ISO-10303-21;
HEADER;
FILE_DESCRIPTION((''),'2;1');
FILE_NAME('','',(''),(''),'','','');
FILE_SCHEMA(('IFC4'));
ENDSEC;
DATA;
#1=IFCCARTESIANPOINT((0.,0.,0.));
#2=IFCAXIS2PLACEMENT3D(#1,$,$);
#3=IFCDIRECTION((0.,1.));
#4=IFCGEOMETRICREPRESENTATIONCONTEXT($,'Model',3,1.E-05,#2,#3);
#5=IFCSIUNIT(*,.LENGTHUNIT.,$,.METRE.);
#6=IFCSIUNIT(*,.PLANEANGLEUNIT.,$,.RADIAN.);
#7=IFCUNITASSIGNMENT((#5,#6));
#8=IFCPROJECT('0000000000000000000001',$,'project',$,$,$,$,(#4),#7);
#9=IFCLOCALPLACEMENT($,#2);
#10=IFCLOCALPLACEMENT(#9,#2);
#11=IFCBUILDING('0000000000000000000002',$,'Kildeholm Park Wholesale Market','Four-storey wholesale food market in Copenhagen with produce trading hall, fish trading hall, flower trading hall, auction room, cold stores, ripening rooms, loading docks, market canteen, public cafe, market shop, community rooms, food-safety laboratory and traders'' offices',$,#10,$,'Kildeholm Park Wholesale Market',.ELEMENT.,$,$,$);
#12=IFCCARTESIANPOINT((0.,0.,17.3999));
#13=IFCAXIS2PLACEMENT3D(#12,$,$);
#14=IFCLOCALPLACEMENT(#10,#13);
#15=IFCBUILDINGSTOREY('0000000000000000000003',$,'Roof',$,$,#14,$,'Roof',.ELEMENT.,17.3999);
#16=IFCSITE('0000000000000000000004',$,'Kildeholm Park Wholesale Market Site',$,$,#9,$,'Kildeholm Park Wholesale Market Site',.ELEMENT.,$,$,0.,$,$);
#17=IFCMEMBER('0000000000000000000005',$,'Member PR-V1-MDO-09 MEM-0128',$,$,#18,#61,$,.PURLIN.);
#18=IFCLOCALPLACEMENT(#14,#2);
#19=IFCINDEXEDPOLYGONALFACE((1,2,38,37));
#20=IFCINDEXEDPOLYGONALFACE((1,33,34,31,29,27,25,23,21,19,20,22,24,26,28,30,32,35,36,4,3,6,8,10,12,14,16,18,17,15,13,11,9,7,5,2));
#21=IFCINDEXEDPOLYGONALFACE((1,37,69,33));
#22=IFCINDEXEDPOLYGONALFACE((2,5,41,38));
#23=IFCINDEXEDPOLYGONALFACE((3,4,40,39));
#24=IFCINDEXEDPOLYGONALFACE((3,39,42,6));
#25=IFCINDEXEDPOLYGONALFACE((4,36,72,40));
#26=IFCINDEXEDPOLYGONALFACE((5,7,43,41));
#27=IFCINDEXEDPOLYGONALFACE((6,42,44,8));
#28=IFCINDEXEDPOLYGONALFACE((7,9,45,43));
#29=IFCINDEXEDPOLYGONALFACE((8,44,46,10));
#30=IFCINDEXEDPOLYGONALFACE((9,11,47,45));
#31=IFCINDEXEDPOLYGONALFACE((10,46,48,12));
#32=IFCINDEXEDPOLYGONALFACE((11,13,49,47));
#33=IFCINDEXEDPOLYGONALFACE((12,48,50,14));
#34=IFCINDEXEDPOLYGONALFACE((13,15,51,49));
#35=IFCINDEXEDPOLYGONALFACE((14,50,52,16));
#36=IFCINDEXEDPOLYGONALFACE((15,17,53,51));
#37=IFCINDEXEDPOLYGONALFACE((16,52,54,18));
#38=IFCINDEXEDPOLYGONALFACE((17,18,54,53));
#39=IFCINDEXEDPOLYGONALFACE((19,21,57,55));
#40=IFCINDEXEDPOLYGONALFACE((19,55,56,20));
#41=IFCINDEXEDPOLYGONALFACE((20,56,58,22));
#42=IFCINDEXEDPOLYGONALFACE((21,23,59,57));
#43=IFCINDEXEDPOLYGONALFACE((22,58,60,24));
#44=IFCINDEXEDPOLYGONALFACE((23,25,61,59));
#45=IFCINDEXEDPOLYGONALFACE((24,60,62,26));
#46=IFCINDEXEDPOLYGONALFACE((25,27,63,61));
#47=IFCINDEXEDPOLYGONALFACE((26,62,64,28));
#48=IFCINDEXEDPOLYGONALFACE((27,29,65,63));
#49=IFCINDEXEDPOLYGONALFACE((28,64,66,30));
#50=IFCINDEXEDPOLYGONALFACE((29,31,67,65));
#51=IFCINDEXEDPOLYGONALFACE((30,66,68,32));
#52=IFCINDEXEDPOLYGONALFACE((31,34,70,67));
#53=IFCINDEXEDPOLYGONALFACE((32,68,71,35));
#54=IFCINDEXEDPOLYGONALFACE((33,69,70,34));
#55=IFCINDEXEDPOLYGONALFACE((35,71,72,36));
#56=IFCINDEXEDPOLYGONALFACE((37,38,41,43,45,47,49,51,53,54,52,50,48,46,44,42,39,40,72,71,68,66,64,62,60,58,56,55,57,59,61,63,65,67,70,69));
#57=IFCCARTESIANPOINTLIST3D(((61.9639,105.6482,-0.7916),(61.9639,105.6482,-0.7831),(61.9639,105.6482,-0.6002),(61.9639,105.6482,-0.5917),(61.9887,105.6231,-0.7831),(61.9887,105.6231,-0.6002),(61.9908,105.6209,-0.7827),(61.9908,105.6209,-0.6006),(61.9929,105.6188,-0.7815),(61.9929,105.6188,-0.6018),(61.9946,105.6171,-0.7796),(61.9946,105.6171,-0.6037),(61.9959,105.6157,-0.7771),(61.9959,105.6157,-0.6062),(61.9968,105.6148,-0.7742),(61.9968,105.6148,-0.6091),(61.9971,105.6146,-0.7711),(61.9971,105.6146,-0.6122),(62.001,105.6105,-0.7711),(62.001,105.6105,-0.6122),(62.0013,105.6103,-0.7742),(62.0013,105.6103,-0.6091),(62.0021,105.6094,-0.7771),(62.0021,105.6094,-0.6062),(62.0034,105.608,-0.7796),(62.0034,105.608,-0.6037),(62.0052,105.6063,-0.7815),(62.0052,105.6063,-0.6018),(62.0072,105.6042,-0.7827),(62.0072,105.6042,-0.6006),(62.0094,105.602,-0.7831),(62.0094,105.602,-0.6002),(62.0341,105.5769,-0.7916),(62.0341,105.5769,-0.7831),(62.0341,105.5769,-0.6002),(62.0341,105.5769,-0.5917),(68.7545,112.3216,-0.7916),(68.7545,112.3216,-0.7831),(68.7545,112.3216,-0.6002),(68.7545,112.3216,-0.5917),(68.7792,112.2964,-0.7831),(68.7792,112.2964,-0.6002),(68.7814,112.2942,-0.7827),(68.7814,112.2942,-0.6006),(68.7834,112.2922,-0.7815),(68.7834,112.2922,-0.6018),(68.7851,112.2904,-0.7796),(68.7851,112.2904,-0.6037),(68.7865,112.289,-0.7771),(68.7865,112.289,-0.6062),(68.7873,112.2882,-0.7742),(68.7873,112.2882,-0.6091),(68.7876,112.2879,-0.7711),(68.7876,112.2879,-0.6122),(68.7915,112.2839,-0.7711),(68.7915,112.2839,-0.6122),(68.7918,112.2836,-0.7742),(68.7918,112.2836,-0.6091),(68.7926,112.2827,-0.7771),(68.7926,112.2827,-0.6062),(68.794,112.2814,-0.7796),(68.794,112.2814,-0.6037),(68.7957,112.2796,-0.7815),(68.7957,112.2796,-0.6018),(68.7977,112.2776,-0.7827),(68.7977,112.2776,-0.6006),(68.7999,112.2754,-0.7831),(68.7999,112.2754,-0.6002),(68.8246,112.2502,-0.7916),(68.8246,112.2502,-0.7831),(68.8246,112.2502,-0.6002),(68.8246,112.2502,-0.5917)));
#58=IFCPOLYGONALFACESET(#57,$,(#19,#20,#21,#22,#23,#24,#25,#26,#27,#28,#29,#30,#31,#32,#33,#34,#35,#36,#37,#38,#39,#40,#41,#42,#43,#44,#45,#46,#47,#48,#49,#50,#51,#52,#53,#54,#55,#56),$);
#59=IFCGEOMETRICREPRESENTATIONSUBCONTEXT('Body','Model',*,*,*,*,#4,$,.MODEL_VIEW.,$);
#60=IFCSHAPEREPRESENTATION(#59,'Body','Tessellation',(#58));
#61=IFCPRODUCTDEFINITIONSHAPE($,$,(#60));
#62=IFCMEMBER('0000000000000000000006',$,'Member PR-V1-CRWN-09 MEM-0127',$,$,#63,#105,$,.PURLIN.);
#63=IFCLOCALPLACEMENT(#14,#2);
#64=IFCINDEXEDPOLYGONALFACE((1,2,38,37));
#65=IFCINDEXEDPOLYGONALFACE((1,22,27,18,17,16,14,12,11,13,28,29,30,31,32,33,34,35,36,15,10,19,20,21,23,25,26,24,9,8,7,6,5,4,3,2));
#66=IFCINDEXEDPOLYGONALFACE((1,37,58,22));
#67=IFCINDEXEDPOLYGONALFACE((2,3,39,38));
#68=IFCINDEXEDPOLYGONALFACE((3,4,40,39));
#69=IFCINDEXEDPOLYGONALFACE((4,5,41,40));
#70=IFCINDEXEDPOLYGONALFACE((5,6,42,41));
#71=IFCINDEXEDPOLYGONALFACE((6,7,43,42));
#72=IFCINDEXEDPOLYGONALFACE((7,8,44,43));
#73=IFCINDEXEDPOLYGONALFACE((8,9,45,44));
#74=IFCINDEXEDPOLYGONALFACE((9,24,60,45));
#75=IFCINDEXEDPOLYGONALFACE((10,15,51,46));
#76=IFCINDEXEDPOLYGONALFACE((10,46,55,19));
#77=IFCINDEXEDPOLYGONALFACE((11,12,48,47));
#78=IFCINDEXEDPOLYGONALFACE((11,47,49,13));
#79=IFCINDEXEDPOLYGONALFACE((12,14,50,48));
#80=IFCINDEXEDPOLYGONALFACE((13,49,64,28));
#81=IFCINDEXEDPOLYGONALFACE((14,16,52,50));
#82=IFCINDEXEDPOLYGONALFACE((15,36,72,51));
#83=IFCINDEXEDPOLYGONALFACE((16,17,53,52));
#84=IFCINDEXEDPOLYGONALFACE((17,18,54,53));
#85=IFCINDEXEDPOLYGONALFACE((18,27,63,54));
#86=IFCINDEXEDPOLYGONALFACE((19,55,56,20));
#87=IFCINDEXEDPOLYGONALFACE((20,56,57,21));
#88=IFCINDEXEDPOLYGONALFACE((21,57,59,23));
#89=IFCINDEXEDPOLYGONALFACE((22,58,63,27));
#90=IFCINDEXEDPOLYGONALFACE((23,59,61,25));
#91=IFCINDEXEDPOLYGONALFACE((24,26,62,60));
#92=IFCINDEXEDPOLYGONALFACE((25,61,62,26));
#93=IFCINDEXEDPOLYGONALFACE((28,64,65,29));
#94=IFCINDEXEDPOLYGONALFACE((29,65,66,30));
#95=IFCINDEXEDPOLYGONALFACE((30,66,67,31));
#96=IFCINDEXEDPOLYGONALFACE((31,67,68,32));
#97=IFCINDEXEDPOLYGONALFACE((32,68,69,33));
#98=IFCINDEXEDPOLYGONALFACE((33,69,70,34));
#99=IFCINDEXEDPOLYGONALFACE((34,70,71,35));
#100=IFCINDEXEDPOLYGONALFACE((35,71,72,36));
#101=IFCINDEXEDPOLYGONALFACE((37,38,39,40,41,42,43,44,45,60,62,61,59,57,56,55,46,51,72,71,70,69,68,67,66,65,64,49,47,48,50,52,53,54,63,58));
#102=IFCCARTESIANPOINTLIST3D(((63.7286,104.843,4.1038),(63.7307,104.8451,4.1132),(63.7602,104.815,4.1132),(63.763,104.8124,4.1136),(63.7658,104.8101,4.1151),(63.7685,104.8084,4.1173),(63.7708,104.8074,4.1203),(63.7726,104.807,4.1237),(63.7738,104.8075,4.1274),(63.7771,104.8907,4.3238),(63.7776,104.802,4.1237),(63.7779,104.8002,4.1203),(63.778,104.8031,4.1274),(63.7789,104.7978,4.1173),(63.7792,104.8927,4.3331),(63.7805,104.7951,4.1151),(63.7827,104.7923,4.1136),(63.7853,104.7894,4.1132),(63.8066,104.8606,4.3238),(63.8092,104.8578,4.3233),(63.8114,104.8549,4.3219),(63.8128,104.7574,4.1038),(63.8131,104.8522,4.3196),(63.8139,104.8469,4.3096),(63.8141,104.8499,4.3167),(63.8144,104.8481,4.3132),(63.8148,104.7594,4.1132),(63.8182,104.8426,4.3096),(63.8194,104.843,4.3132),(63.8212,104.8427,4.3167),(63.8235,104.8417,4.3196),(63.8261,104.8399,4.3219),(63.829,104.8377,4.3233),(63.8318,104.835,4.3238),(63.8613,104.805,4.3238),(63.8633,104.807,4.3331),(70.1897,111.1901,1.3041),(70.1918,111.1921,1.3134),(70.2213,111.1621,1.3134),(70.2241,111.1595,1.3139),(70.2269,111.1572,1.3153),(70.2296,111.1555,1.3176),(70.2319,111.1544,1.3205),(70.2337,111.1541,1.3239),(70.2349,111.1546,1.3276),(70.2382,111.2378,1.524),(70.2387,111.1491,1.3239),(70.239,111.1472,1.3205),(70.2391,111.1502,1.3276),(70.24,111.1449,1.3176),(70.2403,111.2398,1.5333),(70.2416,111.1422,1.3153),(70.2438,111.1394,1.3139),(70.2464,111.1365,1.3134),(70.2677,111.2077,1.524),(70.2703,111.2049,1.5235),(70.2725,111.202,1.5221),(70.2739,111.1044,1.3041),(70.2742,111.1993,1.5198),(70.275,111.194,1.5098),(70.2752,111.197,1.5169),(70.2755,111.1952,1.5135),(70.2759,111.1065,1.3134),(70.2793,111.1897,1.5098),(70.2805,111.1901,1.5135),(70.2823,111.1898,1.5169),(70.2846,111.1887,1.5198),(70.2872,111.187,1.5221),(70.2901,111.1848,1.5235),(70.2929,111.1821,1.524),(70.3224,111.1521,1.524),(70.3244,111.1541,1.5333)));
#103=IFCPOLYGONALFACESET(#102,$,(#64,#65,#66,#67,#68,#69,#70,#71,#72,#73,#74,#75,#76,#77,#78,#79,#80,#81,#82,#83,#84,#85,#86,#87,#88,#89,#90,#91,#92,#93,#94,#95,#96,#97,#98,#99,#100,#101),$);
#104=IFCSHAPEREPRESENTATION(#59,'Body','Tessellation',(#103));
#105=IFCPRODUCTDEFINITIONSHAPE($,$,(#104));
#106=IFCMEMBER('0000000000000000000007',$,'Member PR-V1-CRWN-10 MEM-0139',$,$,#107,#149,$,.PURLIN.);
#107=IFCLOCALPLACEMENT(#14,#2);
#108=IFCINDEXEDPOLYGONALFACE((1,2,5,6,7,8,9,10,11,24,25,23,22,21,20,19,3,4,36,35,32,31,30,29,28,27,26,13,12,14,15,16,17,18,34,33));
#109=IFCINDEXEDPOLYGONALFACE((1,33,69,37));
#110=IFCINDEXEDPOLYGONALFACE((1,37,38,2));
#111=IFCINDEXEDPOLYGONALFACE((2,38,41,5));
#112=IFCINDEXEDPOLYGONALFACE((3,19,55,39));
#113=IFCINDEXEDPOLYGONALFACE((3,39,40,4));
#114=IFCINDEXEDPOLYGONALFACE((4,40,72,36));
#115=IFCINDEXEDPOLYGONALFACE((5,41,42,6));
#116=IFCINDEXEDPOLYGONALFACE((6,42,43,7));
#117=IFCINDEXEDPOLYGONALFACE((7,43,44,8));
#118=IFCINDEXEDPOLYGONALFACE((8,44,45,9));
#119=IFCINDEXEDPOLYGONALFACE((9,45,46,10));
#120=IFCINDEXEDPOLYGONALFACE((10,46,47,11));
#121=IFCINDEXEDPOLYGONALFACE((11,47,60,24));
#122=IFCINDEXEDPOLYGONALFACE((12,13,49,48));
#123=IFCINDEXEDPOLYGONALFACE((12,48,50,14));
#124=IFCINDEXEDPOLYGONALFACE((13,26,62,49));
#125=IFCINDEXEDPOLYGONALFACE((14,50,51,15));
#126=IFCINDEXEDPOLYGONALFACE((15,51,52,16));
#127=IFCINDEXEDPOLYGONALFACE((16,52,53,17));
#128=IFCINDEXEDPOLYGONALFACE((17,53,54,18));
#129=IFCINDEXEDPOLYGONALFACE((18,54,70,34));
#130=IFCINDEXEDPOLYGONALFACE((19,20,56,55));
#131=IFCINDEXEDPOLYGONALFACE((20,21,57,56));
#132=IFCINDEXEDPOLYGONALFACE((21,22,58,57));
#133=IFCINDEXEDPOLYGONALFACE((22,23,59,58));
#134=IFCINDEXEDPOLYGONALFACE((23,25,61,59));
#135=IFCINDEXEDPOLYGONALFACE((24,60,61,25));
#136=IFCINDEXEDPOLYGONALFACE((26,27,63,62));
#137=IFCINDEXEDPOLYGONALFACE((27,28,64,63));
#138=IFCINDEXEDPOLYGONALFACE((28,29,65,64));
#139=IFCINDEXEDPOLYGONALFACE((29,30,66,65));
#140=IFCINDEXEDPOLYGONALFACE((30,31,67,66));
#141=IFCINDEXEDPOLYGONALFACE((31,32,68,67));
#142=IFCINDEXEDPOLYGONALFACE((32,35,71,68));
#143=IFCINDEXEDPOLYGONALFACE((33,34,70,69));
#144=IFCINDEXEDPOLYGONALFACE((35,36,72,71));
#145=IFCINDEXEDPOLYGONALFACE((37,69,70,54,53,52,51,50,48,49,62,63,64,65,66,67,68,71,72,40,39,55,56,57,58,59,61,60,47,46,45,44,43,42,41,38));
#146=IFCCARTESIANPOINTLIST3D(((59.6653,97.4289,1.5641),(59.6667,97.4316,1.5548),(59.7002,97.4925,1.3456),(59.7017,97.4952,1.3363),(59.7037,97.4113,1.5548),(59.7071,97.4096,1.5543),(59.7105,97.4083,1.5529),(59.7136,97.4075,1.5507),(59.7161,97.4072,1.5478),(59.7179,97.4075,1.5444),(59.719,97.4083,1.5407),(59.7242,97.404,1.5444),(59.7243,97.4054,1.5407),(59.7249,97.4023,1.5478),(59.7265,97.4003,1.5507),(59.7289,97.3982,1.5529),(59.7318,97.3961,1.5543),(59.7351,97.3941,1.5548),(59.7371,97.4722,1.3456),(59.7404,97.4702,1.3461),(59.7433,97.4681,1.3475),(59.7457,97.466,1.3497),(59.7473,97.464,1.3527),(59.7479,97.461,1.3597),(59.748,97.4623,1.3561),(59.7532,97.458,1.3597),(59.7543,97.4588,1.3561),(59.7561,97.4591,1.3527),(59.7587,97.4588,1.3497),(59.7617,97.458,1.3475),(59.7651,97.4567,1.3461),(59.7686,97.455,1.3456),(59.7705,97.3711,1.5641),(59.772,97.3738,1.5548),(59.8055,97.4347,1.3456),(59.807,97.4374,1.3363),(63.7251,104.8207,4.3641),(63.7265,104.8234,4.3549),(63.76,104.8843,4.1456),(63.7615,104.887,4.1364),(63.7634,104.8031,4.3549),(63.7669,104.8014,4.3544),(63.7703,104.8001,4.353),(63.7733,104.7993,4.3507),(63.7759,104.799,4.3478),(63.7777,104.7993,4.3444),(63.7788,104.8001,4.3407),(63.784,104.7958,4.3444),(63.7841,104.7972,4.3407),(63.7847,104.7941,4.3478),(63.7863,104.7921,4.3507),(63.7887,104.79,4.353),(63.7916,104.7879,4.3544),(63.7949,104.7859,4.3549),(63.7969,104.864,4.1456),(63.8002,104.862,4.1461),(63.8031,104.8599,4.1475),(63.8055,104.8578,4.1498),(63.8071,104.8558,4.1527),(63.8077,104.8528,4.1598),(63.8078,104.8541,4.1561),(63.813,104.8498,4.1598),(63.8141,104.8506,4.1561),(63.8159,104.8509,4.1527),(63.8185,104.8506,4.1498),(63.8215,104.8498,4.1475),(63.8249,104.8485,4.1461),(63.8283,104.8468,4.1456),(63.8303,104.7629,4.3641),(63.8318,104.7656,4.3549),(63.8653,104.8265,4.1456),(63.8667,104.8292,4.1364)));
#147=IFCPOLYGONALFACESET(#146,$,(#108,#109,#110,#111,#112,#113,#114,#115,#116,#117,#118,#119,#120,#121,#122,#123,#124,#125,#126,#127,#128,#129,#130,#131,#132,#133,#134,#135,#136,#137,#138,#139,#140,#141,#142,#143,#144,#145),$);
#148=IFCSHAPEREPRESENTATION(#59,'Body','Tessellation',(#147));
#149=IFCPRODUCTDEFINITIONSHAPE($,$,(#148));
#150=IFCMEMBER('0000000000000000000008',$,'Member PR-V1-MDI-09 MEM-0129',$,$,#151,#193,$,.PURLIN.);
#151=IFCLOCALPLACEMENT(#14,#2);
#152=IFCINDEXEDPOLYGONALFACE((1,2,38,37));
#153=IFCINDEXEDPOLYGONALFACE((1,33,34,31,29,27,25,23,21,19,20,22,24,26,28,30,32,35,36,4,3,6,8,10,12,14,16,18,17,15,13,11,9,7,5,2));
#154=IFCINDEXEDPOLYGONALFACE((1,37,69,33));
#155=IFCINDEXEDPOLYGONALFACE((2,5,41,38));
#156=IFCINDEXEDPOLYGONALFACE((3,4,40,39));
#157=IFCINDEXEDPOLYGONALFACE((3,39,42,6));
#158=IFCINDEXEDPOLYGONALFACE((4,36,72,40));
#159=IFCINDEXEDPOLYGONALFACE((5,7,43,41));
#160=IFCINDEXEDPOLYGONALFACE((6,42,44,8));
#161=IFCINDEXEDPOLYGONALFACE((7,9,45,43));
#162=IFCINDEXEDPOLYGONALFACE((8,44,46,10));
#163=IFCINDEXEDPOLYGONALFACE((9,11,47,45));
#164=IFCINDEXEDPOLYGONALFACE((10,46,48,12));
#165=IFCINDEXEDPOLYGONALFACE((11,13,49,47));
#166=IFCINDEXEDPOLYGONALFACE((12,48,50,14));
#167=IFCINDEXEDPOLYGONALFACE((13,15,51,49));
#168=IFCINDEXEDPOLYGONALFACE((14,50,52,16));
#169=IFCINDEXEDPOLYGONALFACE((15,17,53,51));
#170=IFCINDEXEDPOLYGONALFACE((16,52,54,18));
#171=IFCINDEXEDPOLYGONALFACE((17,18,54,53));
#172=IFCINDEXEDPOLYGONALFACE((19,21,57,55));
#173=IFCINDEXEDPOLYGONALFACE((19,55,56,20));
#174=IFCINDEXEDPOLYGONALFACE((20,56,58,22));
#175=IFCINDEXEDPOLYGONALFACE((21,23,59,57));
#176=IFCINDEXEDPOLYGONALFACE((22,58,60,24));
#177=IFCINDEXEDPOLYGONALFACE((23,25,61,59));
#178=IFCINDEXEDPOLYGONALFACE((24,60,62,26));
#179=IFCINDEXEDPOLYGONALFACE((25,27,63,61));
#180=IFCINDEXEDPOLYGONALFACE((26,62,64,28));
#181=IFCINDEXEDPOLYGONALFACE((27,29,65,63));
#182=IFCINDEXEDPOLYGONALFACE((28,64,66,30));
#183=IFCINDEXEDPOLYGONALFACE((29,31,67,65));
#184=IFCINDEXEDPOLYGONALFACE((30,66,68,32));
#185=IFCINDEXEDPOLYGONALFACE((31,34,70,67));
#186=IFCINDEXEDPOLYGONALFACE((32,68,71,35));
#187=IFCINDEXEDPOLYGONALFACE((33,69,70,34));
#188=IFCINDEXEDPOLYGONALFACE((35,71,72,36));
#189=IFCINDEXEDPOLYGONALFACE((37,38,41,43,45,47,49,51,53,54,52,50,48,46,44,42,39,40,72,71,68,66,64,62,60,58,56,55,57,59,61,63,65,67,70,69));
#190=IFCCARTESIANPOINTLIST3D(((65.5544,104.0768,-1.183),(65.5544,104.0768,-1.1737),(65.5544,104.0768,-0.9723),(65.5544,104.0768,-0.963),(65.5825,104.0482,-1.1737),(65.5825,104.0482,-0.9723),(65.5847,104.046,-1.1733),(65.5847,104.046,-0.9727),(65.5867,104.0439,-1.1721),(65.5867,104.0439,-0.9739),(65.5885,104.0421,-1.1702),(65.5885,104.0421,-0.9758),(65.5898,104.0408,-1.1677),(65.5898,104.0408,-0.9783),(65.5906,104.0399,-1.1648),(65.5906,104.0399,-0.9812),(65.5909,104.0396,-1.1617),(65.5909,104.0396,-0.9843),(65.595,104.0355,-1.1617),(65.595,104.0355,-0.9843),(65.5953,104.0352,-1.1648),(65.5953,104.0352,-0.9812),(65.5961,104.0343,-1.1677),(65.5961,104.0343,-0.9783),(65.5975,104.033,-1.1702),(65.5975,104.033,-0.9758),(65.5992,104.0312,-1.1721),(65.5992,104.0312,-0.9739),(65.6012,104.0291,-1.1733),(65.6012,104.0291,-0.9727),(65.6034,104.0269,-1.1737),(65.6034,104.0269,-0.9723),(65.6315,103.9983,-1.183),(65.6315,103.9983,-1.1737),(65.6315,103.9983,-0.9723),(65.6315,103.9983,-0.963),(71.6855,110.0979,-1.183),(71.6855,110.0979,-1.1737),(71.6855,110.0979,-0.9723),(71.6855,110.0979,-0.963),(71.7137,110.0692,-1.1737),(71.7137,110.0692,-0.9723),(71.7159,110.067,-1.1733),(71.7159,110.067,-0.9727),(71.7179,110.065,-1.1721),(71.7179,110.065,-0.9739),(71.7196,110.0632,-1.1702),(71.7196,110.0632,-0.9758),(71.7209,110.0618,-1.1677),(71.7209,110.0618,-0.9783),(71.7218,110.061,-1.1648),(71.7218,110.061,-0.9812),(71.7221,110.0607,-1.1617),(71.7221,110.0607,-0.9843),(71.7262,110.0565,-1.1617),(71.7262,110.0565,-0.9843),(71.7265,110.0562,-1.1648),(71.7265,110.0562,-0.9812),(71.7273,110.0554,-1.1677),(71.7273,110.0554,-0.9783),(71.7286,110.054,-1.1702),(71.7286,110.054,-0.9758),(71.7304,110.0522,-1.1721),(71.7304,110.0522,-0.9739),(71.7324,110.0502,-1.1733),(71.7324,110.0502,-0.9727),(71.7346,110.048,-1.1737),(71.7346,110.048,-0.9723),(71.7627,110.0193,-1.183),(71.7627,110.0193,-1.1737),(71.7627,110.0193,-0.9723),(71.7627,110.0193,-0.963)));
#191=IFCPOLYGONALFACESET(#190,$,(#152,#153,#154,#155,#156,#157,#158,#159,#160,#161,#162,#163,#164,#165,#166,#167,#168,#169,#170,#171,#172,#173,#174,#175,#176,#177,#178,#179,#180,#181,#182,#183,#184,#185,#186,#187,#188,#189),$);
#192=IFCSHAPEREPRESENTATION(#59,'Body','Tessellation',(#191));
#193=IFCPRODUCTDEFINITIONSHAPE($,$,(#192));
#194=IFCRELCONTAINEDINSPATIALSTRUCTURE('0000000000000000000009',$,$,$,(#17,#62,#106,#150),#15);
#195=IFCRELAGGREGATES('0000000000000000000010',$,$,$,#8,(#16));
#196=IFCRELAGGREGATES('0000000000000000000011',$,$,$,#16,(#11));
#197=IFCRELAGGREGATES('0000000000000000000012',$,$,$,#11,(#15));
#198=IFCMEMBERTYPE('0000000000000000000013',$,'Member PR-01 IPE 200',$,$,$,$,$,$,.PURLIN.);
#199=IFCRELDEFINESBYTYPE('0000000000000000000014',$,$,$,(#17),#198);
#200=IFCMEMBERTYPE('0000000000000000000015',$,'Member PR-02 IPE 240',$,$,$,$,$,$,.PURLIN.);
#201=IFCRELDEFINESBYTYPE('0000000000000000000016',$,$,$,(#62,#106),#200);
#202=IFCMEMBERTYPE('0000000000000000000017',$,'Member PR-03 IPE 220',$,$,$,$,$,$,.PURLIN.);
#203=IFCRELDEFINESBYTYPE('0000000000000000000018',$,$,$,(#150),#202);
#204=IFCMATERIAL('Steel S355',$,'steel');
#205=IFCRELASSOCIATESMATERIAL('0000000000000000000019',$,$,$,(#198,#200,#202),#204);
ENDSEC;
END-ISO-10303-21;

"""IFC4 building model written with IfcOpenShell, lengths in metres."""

from ifc_helpers import new_model, si_unit, direction, frame, origin, origin_2d, place, context, subcontext, project, spatial, i_section, extrude, material, material_profile, profile_set, type_object, element, save


model = new_model("IFC4")

# Units and contexts
model_context = context("Model", 3, precision=1e-05, world=origin(), true_north=direction((0.0, 1.0)))
body_context = subcontext(model_context, "Body", "Model", "MODEL_VIEW")
ifc_project = project(units=[si_unit("LENGTHUNIT", "METRE"), si_unit("PLANEANGLEUNIT", "RADIAN")], contexts=[model_context])

# Site, building, storey
site_placement = place(None, origin())
site = spatial("IfcSite", under=ifc_project, at=site_placement, Name="Kildeholm Park Wholesale Market Site", LongName="Kildeholm Park Wholesale Market Site", CompositionType="ELEMENT", RefElevation=0.0)
building_placement = place(site_placement, origin())
building = spatial("IfcBuilding", under=site, at=building_placement, Name="Kildeholm Park Wholesale Market", Description="Four-storey wholesale food market in Copenhagen with produce trading hall, fish trading hall, flower trading hall, auction room, cold stores, ripening rooms, loading docks, market canteen, public cafe, market shop, community rooms, food-safety laboratory and traders' offices", LongName="Kildeholm Park Wholesale Market", CompositionType="ELEMENT")
storey_placement = place(building_placement, frame((0.0, 0.0, 17.3999)))
storey = spatial("IfcBuildingStorey", under=building, at=storey_placement, Name="Roof", LongName="Roof", CompositionType="ELEMENT", Elevation=17.3999)

# Members
ifc_material_1 = material(Name="Steel S355", Category="steel")
ifc_material_profile_1 = material_profile(ifc_material_1, i_section(OverallWidth=0.1001, OverallDepth=0.2, WebThickness=0.0056, FlangeThickness=0.0085, FilletRadius=0.012, at=origin_2d()), Name="IPE 200")
ifc_profile_set_1 = profile_set([ifc_material_profile_1], Name="Steel S355")
member_type_1 = type_object("IfcMemberType", Name="Member PR-01 IPE 200", PredefinedType="PURLIN", material=ifc_profile_set_1)
member_1_placement = place(storey_placement, frame((68.7896, 112.2859, -0.6917), z_axis=(-0.713234, -0.700926, 0.0), x_axis=(0.700926, -0.713234, 0.0)))
element("IfcMember", 1, at=member_1_placement, inside=storey, type_object=member_type_1, Name="Member PR-V1-MDO-09 MEM-0128", PredefinedType="PURLIN", context=body_context, shape_type="SweptSolid", body=[
    extrude(i_section(OverallWidth=0.1001, OverallDepth=0.2, WebThickness=0.0056, FlangeThickness=0.0085, FilletRadius=0.012, at=origin_2d()), origin(), (0.0, 0.0, 1.0), 9.5208),
])
ifc_material_profile_2 = material_profile(ifc_material_1, i_section(OverallWidth=0.1201, OverallDepth=0.24, WebThickness=0.0061, FlangeThickness=0.0098, FilletRadius=0.0149, at=origin_2d()), Name="IPE 240")
ifc_profile_set_2 = profile_set([ifc_material_profile_2], Name="Steel S355")
member_type_2 = type_object("IfcMemberType", Name="Member PR-02 IPE 240", PredefinedType="PURLIN", material=ifc_profile_set_2)
member_2_placement = place(storey_placement, frame((70.2571, 111.1721, 1.4187), z_axis=(-0.681552, -0.669525, 0.295335), x_axis=(0.700785, -0.713373, 0.0)))
element("IfcMember", 2, at=member_2_placement, inside=storey, type_object=member_type_2, Name="Member PR-V1-CRWN-09 MEM-0127", PredefinedType="PURLIN", context=body_context, shape_type="SweptSolid", body=[
    extrude(i_section(OverallWidth=0.1201, OverallDepth=0.24, WebThickness=0.0061, FlangeThickness=0.0098, FilletRadius=0.0149, at=origin_2d()), origin(), (0.0, 0.0, 1.0), 9.48),
])
member_3_placement = place(storey_placement, frame((63.7959, 104.825, 4.2502), z_axis=(-0.456875, -0.831849, -0.315106), x_axis=(0.876501, -0.4814, 0.0)))
element("IfcMember", 3, at=member_3_placement, inside=storey, type_object=member_type_2, Name="Member PR-V1-CRWN-10 MEM-0139", PredefinedType="PURLIN", context=body_context, shape_type="SweptSolid", body=[
    extrude(i_section(OverallWidth=0.1201, OverallDepth=0.24, WebThickness=0.0061, FlangeThickness=0.0098, FilletRadius=0.0149, at=origin_2d()), origin(), (0.0, 0.0, 1.0), 8.886),
])
ifc_material_profile_3 = material_profile(ifc_material_1, i_section(OverallWidth=0.1101, OverallDepth=0.22, WebThickness=0.0059, FlangeThickness=0.0093, FilletRadius=0.012, at=origin_2d()), Name="IPE 220")
ifc_profile_set_3 = profile_set([ifc_material_profile_3], Name="Steel S355")
member_type_3 = type_object("IfcMemberType", Name="Member PR-03 IPE 220", PredefinedType="PURLIN", material=ifc_profile_set_3)
member_4_placement = place(storey_placement, frame((71.7241, 110.0586, -1.073), z_axis=(-0.713484, -0.700671, 0.0), x_axis=(0.700671, -0.713484, 0.0)))
element("IfcMember", 4, at=member_4_placement, inside=storey, type_object=member_type_3, Name="Member PR-V1-MDI-09 MEM-0129", PredefinedType="PURLIN", context=body_context, shape_type="SweptSolid", body=[
    extrude(i_section(OverallWidth=0.1101, OverallDepth=0.22, WebThickness=0.0059, FlangeThickness=0.0093, FilletRadius=0.012, at=origin_2d()), origin(), (0.0, 0.0, 1.0), 8.5933),
])

save(model, "model.ifc")
